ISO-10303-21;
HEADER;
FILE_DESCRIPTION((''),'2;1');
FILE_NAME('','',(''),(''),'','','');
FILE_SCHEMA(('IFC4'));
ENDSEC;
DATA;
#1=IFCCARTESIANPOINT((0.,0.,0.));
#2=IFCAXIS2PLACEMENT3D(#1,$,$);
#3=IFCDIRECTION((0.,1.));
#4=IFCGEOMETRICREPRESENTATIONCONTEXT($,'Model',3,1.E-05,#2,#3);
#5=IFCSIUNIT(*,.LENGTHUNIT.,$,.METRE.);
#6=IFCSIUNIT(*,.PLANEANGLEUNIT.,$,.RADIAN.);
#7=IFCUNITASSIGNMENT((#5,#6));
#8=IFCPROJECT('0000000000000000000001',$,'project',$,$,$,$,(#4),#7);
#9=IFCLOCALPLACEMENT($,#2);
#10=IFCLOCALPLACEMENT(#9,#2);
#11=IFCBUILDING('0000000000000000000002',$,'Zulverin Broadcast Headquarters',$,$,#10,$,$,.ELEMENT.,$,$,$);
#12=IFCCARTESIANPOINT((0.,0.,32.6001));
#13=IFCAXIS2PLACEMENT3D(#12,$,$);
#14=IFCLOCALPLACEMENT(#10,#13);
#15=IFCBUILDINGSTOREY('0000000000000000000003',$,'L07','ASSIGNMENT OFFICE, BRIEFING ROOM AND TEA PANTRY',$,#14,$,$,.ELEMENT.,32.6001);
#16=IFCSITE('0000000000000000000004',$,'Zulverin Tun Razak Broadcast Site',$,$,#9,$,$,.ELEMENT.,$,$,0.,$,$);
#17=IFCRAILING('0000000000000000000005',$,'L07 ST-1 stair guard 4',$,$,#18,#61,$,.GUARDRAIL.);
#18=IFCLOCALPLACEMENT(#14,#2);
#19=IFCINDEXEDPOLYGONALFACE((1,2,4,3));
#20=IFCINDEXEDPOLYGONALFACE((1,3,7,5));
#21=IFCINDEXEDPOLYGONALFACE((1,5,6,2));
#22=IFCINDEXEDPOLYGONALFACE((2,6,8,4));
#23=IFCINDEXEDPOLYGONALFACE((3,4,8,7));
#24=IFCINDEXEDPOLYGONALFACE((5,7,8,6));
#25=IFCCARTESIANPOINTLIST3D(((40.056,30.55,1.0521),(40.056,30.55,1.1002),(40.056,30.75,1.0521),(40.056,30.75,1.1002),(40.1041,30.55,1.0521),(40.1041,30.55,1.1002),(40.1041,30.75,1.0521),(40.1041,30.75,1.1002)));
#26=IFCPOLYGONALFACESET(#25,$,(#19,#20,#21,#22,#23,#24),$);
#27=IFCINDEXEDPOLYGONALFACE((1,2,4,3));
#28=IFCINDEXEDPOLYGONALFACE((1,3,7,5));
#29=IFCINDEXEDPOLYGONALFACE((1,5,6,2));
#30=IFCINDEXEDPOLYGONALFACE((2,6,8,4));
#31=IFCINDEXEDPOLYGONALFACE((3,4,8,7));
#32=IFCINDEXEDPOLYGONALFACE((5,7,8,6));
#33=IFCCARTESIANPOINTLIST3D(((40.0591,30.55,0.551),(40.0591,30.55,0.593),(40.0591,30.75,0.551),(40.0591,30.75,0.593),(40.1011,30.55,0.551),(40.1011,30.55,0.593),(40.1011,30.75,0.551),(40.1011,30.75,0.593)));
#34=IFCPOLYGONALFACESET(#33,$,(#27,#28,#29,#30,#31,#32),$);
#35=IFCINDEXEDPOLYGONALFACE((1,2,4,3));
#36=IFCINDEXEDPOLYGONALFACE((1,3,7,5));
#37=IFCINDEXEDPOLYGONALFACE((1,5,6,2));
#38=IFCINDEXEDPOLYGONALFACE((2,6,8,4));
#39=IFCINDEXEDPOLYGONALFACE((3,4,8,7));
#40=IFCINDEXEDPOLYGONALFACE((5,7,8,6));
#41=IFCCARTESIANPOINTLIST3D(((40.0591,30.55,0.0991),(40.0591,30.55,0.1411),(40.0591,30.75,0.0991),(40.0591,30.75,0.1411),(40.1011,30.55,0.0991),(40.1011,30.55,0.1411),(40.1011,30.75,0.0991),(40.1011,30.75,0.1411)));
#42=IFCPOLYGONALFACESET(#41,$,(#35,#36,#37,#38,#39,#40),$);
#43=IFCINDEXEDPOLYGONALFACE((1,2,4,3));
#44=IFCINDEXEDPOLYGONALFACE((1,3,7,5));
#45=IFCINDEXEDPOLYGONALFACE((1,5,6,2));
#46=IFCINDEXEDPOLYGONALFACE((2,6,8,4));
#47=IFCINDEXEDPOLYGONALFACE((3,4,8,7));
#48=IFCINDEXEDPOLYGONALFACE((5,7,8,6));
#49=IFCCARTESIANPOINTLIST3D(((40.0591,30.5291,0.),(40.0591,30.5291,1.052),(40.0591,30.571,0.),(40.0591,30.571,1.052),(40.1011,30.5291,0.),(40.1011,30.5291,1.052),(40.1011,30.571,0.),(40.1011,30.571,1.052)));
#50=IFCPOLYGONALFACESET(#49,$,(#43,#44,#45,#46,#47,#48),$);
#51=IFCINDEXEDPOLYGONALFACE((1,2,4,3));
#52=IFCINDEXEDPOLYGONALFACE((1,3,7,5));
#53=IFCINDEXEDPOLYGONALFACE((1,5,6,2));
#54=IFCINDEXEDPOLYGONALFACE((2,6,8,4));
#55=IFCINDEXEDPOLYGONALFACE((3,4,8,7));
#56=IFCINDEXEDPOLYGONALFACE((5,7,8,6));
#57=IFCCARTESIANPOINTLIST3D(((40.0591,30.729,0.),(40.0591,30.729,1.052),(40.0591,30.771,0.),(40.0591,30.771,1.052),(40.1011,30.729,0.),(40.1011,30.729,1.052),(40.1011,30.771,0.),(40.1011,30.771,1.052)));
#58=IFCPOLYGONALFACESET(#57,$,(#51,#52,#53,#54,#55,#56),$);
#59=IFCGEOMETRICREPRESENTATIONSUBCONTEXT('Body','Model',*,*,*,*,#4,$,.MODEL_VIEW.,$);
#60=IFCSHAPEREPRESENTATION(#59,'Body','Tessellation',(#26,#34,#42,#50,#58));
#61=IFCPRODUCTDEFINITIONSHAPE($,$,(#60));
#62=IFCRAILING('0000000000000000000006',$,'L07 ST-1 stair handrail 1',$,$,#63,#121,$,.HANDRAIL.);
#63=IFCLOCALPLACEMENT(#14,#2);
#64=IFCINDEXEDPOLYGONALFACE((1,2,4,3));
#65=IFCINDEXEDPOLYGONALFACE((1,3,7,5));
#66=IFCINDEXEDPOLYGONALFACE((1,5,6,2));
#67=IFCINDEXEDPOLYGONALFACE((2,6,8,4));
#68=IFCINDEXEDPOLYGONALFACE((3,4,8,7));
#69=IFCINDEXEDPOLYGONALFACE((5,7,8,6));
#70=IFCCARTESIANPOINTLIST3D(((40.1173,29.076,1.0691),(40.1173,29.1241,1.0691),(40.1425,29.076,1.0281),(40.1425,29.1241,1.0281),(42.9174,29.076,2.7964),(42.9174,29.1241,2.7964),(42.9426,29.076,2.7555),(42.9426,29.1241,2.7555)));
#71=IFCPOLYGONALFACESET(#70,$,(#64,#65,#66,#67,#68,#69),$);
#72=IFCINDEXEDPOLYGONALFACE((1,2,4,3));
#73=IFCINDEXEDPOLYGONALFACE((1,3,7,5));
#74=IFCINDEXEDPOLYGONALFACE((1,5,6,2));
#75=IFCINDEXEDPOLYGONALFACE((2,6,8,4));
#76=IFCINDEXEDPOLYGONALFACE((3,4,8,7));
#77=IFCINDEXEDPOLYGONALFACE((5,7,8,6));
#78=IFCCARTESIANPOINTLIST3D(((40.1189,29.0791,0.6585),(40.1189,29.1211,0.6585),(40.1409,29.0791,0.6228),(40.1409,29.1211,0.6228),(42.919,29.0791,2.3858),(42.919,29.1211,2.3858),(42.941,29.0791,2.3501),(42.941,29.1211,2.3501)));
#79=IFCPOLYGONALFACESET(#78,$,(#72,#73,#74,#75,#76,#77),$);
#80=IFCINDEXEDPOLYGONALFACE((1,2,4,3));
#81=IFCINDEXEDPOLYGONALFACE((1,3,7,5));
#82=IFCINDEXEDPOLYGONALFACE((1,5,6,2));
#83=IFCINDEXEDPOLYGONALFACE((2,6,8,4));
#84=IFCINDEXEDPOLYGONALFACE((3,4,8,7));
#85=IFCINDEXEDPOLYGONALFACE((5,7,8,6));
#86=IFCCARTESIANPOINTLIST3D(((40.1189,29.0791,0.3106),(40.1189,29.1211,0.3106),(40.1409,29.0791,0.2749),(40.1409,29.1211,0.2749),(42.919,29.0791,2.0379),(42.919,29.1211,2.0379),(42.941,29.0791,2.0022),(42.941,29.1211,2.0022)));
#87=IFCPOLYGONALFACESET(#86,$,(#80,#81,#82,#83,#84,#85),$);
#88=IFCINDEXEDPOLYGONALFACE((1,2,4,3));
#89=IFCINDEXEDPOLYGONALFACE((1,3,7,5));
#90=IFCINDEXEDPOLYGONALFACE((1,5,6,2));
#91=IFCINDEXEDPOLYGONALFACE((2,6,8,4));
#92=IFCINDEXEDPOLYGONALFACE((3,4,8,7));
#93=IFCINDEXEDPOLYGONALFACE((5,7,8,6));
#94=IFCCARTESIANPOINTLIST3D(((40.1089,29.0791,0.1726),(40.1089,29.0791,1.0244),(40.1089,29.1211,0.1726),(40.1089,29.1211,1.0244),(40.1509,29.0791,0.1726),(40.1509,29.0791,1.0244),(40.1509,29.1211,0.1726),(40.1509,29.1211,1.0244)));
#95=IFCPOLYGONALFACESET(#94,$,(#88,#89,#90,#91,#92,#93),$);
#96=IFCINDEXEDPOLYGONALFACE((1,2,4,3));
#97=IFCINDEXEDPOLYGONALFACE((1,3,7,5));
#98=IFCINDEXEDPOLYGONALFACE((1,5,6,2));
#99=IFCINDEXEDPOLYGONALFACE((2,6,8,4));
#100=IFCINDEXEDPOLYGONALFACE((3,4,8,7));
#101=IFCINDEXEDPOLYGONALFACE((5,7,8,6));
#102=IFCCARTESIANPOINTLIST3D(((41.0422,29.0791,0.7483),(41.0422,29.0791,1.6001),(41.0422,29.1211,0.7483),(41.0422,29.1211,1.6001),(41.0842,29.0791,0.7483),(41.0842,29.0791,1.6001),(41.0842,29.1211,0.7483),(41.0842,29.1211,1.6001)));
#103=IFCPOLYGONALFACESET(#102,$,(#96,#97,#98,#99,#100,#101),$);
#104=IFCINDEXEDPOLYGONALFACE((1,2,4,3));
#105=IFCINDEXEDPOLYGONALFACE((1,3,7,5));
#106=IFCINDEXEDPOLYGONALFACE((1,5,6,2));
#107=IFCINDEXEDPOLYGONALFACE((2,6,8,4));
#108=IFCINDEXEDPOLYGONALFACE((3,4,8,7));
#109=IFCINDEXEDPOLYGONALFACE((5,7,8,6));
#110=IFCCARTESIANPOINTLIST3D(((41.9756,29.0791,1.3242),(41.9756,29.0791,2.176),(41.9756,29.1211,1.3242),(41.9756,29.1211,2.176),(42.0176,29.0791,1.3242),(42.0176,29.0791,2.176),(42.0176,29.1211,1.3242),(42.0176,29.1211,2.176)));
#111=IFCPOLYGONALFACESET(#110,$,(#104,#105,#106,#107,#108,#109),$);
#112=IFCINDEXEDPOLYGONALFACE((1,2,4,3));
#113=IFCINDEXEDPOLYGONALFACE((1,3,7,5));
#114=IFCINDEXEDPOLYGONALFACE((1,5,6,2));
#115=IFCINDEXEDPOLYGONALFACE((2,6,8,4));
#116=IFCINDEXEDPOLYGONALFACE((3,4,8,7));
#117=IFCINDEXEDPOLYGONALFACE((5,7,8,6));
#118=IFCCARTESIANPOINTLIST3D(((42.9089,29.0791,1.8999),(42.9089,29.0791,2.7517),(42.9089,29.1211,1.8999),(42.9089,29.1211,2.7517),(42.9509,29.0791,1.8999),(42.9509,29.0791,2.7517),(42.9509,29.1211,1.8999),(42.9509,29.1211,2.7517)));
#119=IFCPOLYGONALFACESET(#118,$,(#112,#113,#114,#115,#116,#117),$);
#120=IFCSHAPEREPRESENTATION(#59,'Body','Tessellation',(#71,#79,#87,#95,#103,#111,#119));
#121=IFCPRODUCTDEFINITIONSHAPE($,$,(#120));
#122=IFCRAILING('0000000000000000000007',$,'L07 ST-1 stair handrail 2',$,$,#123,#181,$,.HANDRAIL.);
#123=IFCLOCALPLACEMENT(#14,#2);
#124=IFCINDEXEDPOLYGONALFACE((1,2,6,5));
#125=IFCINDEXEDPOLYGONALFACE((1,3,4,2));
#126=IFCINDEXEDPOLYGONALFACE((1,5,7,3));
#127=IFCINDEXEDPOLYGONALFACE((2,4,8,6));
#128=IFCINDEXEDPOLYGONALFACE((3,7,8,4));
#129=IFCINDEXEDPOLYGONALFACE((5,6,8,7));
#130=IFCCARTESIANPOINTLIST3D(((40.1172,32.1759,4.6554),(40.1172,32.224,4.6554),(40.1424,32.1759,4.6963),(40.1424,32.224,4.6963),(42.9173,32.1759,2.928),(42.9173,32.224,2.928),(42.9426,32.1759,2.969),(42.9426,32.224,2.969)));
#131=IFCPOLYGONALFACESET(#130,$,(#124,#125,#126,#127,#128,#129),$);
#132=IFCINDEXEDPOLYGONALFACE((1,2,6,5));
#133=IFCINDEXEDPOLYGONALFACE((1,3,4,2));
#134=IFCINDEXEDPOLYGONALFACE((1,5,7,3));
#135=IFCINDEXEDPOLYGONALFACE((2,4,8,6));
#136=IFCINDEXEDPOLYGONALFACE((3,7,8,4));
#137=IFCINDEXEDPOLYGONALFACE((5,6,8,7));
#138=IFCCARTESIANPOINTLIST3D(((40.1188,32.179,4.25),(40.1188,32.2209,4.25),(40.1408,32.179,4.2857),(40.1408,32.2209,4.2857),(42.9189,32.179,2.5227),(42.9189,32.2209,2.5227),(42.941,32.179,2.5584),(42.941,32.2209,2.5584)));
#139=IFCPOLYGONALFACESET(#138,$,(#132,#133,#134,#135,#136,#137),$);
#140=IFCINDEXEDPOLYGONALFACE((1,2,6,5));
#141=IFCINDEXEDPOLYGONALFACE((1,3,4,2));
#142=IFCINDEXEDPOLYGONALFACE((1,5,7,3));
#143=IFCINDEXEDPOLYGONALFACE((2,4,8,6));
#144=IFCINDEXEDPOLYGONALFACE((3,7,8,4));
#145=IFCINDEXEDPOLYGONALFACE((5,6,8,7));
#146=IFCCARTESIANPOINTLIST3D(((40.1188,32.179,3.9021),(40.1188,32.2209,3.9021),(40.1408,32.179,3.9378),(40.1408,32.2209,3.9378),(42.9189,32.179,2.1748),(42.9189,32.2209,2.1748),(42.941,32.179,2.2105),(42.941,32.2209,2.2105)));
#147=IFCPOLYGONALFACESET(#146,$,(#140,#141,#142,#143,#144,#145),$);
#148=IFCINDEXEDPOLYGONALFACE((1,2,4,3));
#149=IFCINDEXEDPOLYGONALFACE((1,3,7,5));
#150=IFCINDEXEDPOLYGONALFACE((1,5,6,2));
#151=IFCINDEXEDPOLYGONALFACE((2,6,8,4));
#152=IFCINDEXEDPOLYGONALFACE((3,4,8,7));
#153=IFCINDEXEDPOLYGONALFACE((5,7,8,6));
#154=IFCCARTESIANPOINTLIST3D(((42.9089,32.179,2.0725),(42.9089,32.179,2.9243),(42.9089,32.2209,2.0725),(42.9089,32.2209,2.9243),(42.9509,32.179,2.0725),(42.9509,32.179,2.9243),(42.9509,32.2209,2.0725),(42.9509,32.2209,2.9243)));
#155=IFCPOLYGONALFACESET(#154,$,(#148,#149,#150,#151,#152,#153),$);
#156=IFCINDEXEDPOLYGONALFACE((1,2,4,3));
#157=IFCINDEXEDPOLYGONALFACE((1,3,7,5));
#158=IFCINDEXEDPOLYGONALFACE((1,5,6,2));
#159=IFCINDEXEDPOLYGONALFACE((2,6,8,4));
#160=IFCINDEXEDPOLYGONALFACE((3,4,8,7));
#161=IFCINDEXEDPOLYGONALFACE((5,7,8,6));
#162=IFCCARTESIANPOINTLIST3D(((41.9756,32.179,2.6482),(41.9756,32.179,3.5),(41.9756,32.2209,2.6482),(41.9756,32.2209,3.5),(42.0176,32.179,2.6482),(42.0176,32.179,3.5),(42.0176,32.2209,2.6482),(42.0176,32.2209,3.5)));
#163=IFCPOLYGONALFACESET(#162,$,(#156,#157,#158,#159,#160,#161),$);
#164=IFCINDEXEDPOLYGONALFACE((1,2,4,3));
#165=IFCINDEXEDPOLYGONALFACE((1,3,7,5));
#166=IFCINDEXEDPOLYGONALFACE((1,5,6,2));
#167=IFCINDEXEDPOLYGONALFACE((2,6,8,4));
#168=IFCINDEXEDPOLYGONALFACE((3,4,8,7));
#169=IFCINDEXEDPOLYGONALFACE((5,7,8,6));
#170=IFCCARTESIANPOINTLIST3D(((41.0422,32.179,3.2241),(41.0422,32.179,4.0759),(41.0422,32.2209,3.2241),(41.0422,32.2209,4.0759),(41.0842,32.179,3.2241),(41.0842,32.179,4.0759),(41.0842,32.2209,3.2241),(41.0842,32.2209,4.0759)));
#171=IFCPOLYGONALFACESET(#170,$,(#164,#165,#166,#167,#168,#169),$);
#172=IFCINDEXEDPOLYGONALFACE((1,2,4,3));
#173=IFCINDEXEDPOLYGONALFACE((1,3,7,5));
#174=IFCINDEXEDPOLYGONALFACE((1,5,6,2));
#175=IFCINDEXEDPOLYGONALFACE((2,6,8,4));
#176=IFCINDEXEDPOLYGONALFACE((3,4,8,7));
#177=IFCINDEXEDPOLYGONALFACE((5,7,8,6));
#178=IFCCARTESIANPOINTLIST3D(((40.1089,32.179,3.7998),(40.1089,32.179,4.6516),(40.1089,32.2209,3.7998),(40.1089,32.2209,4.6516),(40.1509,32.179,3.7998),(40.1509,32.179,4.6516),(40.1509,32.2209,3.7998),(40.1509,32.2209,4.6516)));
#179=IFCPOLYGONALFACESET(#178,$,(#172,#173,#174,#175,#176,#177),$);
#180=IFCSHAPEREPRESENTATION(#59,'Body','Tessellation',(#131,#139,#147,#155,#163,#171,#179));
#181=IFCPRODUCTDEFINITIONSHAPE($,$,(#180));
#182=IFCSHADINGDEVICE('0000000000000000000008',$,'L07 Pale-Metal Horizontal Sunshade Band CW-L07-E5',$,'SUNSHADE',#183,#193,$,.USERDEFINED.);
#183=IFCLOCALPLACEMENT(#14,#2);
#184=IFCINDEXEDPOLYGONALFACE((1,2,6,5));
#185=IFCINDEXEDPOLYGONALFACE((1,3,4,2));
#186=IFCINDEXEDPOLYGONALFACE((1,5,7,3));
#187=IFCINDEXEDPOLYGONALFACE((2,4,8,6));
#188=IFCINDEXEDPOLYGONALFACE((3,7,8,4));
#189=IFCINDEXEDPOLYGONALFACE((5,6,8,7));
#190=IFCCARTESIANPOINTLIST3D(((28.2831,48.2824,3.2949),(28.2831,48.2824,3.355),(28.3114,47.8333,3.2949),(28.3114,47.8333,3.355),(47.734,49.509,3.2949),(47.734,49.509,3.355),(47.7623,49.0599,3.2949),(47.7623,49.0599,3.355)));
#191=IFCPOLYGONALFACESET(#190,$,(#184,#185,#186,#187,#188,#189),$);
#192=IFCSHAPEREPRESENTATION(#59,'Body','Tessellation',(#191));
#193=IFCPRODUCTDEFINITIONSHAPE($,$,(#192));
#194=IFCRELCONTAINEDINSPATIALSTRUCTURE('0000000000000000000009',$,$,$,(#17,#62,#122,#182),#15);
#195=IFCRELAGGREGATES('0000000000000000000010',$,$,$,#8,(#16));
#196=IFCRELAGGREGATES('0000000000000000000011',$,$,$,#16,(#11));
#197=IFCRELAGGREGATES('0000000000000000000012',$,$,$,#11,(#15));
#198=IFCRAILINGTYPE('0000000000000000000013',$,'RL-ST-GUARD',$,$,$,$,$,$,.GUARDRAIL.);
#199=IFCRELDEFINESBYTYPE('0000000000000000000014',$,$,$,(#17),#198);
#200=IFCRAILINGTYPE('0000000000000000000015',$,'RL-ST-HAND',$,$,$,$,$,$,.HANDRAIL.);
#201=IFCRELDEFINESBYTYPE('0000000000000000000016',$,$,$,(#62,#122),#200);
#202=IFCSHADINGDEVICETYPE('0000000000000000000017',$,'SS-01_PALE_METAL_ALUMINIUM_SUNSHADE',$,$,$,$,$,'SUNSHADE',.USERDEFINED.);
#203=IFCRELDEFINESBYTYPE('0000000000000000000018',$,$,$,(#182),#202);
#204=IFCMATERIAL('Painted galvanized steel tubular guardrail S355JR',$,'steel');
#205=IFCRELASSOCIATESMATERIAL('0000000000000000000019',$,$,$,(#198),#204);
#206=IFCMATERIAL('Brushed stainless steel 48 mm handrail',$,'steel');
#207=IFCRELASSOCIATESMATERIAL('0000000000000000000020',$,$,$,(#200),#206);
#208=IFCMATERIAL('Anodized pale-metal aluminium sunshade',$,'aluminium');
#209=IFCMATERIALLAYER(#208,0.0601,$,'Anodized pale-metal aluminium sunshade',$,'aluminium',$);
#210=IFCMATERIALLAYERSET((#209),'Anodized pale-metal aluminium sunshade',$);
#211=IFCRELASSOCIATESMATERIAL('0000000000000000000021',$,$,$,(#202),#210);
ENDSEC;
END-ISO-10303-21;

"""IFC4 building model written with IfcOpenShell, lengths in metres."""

from ifc_helpers import new_model, si_unit, direction, frame, origin, origin_2d, place, context, subcontext, project, spatial, rectangle, extrude, material, layer, layer_set, type_object, element, save


model = new_model("IFC4")

# Units and contexts
model_context = context("Model", 3, precision=1e-05, world=origin(), true_north=direction((0.0, 1.0)))
body_context = subcontext(model_context, "Body", "Model", "MODEL_VIEW")
ifc_project = project(units=[si_unit("LENGTHUNIT", "METRE"), si_unit("PLANEANGLEUNIT", "RADIAN")], contexts=[model_context])

# Site, building, storey
site_placement = place(None, origin())
site = spatial("IfcSite", under=ifc_project, at=site_placement, Name="Zulverin Tun Razak Broadcast Site", CompositionType="ELEMENT", RefElevation=0.0)
building_placement = place(site_placement, origin())
building = spatial("IfcBuilding", under=site, at=building_placement, Name="Zulverin Broadcast Headquarters", CompositionType="ELEMENT")
storey_placement = place(building_placement, frame((0.0, 0.0, 32.6001)))
storey = spatial("IfcBuildingStorey", under=building, at=storey_placement, Name="L07", Description="ASSIGNMENT OFFICE, BRIEFING ROOM AND TEA PANTRY", CompositionType="ELEMENT", Elevation=32.6001)

# Railings
ifc_material_1 = material(Name="Painted galvanized steel tubular guardrail S355JR", Category="steel")
railing_type_1 = type_object("IfcRailingType", Name="RL-ST-GUARD", PredefinedType="GUARDRAIL", material=ifc_material_1)
railing_1_placement = place(storey_placement, frame((40.0801, 30.55, 0.0)))
element("IfcRailing", 1, at=railing_1_placement, inside=storey, type_object=railing_type_1, Name="L07 ST-1 stair guard 4", PredefinedType="GUARDRAIL", context=body_context, shape_type="SweptSolid", body=[
    extrude(rectangle(XDim=0.0481, YDim=0.0481, at=origin_2d()), frame((0.0, 0.0, 1.0762), z_axis=(0.0, 1.0, 0.0), x_axis=(-1.0, 0.0, 0.0)), (0.0, 0.0, 1.0), 0.2),
    extrude(rectangle(XDim=0.042, YDim=0.042, at=origin_2d()), frame((0.0, 0.0, 0.572), z_axis=(0.0, 1.0, 0.0), x_axis=(-1.0, 0.0, 0.0)), (0.0, 0.0, 1.0), 0.2),
    extrude(rectangle(XDim=0.042, YDim=0.042, at=origin_2d()), frame((0.0, 0.0, 0.1201), z_axis=(0.0, 1.0, 0.0), x_axis=(-1.0, 0.0, 0.0)), (0.0, 0.0, 1.0), 0.2),
    extrude(rectangle(XDim=0.042, YDim=0.042, at=origin_2d()), origin(), (0.0, 0.0, 1.0), 1.052),
    extrude(rectangle(XDim=0.042, YDim=0.042, at=origin_2d()), frame((0.0, 0.2, 0.0)), (0.0, 0.0, 1.0), 1.052),
])
ifc_material_2 = material(Name="Brushed stainless steel 48 mm handrail", Category="steel")
railing_type_2 = type_object("IfcRailingType", Name="RL-ST-HAND", PredefinedType="HANDRAIL", material=ifc_material_2)
railing_2_placement = place(storey_placement, frame((40.1299, 29.1001, 0.1726)))
element("IfcRailing", 2, at=railing_2_placement, inside=storey, type_object=railing_type_2, Name="L07 ST-1 stair handrail 1", PredefinedType="HANDRAIL", context=body_context, shape_type="SweptSolid", body=[
    extrude(rectangle(XDim=0.0481, YDim=0.0481, at=origin_2d()), frame((0.0, 0.0, 0.876), z_axis=(0.85109, 0.0, 0.52502), x_axis=(0.0, 1.0, 0.0)), (0.0, 0.0, 1.0), 3.29),
    extrude(rectangle(XDim=0.042, YDim=0.042, at=origin_2d()), frame((0.0, 0.0, 0.468), z_axis=(0.85109, 0.0, 0.52502), x_axis=(0.0, 1.0, 0.0)), (0.0, 0.0, 1.0), 3.29),
    extrude(rectangle(XDim=0.042, YDim=0.042, at=origin_2d()), frame((0.0, 0.0, 0.1201), z_axis=(0.85109, 0.0, 0.52502), x_axis=(0.0, 1.0, 0.0)), (0.0, 0.0, 1.0), 3.29),
    extrude(rectangle(XDim=0.042, YDim=0.042, at=origin_2d()), origin(), (0.0, 0.0, 1.0), 0.8518),
    extrude(rectangle(XDim=0.042, YDim=0.042, at=origin_2d()), frame((0.9333, 0.0, 0.5757)), (0.0, 0.0, 1.0), 0.8518),
    extrude(rectangle(XDim=0.042, YDim=0.042, at=origin_2d()), frame((1.8667, 0.0, 1.1516)), (0.0, 0.0, 1.0), 0.8518),
    extrude(rectangle(XDim=0.042, YDim=0.042, at=origin_2d()), frame((2.8, 0.0, 1.7273)), (0.0, 0.0, 1.0), 0.8518),
])
railing_3_placement = place(storey_placement, frame((42.9299, 32.2, 2.0725)))
element("IfcRailing", 3, at=railing_3_placement, inside=storey, type_object=railing_type_2, Name="L07 ST-1 stair handrail 2", PredefinedType="HANDRAIL", context=body_context, shape_type="SweptSolid", body=[
    extrude(rectangle(XDim=0.0481, YDim=0.0481, at=origin_2d()), frame((0.0, 0.0, 0.876), z_axis=(-0.85109, 0.0, 0.52502), x_axis=(0.0, -1.0, 0.0)), (0.0, 0.0, 1.0), 3.29),
    extrude(rectangle(XDim=0.042, YDim=0.042, at=origin_2d()), frame((0.0, 0.0, 0.468), z_axis=(-0.85109, 0.0, 0.52502), x_axis=(0.0, -1.0, 0.0)), (0.0, 0.0, 1.0), 3.29),
    extrude(rectangle(XDim=0.042, YDim=0.042, at=origin_2d()), frame((0.0, 0.0, 0.1201), z_axis=(-0.85109, 0.0, 0.52502), x_axis=(0.0, -1.0, 0.0)), (0.0, 0.0, 1.0), 3.29),
    extrude(rectangle(XDim=0.042, YDim=0.042, at=origin_2d()), origin(), (0.0, 0.0, 1.0), 0.8518),
    extrude(rectangle(XDim=0.042, YDim=0.042, at=origin_2d()), frame((-0.9333, 0.0, 0.5757)), (0.0, 0.0, 1.0), 0.8518),
    extrude(rectangle(XDim=0.042, YDim=0.042, at=origin_2d()), frame((-1.8667, 0.0, 1.1516)), (0.0, 0.0, 1.0), 0.8518),
    extrude(rectangle(XDim=0.042, YDim=0.042, at=origin_2d()), frame((-2.8, 0.0, 1.7273)), (0.0, 0.0, 1.0), 0.8518),
])

# Shading device
ifc_material_3 = material(Name="Anodized pale-metal aluminium sunshade", Category="aluminium")
ifc_layer_1 = layer(ifc_material_3, 0.0601, Name="Anodized pale-metal aluminium sunshade", Category="aluminium")
ifc_layer_set_1 = layer_set([ifc_layer_1], Name="Anodized pale-metal aluminium sunshade")
shading_device_type = type_object("IfcShadingDeviceType", Name="SS-01_PALE_METAL_ALUMINIUM_SUNSHADE", ElementType="SUNSHADE", PredefinedType="USERDEFINED", material=ifc_layer_set_1)
shading_device_placement = place(storey_placement, frame((38.0227, 48.6711, 3.2949), z_axis=(0.0, 0.0, 1.0), x_axis=(-0.998018, -0.062935, 0.0)))
element("IfcShadingDevice", 4, at=shading_device_placement, inside=storey, type_object=shading_device_type, Name="L07 Pale-Metal Horizontal Sunshade Band CW-L07-E5", ObjectType="SUNSHADE", PredefinedType="USERDEFINED", context=body_context, shape_type="SweptSolid", body=[
    extrude(rectangle(XDim=19.4895, YDim=0.45, at=origin_2d()), origin(), (0.0, 0.0, 1.0), 0.0601),
])

save(model, "model.ifc")
